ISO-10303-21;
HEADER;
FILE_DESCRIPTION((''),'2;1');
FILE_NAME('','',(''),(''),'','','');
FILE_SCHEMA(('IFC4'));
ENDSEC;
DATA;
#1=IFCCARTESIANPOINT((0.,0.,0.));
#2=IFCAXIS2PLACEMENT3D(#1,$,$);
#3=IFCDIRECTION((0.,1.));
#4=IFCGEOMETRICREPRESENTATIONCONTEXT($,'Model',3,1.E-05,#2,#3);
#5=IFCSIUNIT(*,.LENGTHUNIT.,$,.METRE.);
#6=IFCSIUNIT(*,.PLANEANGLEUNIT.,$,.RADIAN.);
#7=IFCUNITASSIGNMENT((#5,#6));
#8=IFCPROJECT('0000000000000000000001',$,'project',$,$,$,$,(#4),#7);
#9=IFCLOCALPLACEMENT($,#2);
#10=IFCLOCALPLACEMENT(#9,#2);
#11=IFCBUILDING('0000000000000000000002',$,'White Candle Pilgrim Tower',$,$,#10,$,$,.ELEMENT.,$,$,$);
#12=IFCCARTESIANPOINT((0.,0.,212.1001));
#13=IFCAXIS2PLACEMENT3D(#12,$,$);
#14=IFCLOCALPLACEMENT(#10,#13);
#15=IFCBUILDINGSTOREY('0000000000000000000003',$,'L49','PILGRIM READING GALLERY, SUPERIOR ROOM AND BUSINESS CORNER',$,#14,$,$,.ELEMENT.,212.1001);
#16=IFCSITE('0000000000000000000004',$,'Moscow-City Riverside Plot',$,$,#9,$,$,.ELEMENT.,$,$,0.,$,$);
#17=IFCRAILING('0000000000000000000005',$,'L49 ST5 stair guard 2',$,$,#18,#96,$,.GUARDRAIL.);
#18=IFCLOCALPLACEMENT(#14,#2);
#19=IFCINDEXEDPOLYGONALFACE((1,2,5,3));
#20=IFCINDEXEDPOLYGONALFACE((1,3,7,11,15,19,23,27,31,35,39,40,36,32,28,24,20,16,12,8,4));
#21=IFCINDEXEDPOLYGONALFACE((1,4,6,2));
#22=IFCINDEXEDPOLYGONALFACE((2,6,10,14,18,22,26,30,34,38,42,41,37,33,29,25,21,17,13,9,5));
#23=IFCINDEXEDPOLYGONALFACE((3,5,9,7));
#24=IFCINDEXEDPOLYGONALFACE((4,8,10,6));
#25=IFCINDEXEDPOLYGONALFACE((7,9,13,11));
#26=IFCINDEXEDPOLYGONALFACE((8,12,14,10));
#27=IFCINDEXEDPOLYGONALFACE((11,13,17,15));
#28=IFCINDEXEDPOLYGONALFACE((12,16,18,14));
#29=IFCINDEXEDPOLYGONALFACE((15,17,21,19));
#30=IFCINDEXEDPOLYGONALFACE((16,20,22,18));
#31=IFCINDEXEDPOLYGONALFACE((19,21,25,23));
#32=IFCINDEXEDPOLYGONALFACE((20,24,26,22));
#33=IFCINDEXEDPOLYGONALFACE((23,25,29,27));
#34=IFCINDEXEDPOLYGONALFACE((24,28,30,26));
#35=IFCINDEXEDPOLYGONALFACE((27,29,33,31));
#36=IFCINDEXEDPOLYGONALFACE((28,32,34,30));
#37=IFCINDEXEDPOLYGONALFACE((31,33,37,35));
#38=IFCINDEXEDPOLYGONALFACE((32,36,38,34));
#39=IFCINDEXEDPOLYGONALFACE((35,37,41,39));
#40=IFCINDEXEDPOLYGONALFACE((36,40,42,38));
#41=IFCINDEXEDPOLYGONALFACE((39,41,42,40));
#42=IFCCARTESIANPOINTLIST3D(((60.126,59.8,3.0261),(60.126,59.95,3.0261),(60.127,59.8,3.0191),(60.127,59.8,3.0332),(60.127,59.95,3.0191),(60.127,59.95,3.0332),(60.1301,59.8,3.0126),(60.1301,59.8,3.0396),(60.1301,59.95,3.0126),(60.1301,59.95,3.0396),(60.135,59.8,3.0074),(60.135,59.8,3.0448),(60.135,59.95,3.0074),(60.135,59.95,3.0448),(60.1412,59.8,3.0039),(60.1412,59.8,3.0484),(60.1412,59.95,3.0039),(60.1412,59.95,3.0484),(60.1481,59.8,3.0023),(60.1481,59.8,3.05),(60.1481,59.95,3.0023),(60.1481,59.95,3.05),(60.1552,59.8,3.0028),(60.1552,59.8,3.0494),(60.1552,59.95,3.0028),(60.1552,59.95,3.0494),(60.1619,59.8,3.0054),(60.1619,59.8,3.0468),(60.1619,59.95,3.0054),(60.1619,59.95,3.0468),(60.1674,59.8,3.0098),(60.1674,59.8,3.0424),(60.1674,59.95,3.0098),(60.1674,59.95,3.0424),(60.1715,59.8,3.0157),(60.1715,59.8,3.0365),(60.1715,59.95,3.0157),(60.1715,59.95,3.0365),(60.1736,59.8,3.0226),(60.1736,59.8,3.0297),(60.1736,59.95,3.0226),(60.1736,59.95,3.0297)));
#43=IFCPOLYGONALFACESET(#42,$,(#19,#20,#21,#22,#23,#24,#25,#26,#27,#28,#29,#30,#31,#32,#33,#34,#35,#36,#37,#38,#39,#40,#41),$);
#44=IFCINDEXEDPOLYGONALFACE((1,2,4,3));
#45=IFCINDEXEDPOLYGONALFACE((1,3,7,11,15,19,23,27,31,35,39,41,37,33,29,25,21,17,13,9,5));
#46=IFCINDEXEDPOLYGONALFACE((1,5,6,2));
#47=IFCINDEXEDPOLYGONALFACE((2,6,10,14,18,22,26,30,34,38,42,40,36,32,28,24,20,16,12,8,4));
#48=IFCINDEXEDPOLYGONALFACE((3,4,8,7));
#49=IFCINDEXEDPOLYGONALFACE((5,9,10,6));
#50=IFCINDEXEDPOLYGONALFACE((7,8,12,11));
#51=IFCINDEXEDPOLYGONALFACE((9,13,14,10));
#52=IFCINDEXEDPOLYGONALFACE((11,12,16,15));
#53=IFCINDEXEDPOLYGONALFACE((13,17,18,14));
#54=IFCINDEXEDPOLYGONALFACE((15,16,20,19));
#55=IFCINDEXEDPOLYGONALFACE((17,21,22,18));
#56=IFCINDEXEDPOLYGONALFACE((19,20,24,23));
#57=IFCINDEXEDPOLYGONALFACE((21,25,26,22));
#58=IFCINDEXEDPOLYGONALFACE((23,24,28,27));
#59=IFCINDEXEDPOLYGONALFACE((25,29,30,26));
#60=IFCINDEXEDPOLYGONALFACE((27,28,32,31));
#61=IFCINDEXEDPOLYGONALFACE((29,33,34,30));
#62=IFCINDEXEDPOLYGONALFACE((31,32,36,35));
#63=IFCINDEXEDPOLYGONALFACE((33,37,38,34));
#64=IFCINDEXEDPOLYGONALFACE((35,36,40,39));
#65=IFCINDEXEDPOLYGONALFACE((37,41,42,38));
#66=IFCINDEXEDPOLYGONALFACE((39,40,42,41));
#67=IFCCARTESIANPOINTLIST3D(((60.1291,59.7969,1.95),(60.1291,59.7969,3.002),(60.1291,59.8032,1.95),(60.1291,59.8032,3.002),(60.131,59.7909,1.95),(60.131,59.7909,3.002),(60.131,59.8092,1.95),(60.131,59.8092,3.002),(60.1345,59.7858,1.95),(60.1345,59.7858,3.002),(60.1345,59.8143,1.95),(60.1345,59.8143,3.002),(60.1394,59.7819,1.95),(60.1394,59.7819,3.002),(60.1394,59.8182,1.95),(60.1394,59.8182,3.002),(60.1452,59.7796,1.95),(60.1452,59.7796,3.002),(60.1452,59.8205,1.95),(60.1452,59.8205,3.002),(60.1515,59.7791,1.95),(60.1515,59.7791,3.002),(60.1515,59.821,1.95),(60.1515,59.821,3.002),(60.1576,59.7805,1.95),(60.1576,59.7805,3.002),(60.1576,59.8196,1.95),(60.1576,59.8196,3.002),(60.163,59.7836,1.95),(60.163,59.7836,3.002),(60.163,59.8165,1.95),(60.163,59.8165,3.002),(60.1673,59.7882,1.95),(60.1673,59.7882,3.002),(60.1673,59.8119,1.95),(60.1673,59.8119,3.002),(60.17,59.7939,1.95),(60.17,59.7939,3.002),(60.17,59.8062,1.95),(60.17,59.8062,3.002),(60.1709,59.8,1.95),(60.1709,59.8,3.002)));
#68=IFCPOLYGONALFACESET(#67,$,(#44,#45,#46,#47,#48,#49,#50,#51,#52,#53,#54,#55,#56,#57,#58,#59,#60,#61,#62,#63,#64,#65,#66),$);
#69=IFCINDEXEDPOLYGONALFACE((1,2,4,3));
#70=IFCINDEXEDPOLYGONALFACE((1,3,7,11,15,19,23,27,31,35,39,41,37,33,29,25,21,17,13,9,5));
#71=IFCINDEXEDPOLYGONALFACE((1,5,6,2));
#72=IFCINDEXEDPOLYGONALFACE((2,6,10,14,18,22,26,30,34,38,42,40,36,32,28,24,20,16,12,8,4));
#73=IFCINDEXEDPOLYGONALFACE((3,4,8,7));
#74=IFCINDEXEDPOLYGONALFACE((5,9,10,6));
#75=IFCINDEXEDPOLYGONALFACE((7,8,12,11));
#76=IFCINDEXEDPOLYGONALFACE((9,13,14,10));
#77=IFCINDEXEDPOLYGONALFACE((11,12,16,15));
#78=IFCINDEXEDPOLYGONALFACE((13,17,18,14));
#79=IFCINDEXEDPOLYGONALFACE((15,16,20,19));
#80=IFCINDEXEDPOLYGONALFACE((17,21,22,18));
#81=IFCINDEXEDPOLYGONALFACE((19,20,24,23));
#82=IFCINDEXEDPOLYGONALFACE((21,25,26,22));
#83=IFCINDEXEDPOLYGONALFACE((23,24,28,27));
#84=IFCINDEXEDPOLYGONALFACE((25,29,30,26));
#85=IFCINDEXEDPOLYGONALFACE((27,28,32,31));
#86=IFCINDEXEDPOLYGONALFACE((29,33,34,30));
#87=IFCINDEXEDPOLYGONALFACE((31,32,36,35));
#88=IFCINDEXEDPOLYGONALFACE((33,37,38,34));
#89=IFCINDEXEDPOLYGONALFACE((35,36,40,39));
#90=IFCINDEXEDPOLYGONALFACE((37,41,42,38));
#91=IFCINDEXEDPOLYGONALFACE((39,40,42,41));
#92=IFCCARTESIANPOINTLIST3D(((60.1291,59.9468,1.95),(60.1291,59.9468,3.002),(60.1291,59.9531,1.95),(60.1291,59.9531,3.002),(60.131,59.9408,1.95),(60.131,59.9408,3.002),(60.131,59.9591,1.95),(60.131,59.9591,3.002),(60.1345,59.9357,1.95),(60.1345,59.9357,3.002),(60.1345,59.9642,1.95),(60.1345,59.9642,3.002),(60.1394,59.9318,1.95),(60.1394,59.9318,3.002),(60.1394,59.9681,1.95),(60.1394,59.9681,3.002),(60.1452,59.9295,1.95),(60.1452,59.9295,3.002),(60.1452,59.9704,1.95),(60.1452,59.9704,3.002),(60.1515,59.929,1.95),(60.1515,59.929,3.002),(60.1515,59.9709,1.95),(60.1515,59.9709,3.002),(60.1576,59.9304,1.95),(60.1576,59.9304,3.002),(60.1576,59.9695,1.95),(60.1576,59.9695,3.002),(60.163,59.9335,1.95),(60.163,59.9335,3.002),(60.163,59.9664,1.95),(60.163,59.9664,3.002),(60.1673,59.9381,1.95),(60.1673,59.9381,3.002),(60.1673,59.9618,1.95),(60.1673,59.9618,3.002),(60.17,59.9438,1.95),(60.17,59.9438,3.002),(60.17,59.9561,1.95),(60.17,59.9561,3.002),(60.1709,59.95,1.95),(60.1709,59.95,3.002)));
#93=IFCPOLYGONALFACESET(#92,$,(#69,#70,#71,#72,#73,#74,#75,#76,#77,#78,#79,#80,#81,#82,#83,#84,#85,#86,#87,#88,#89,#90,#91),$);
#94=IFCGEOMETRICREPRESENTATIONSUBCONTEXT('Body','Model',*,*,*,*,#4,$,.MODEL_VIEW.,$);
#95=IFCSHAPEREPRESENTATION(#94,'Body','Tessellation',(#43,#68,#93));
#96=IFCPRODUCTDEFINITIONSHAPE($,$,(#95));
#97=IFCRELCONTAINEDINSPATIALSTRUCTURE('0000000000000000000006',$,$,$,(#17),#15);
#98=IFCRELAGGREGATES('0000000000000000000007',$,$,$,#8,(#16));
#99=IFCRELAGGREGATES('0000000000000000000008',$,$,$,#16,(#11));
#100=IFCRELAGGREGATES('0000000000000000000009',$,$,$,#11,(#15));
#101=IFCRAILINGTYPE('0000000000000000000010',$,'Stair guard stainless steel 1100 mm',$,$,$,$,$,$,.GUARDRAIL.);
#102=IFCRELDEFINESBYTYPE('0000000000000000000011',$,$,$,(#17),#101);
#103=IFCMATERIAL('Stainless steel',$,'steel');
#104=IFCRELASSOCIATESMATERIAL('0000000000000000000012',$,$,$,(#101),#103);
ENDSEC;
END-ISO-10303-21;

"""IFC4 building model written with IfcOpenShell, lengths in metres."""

from ifc_helpers import new_model, si_unit, direction, frame, origin, origin_2d, place, context, subcontext, project, spatial, circle, extrude, material, type_object, element, save


model = new_model("IFC4")

# Units and contexts
model_context = context("Model", 3, precision=1e-05, world=origin(), true_north=direction((0.0, 1.0)))
body_context = subcontext(model_context, "Body", "Model", "MODEL_VIEW")
ifc_project = project(units=[si_unit("LENGTHUNIT", "METRE"), si_unit("PLANEANGLEUNIT", "RADIAN")], contexts=[model_context])

# Site, building, storey
site_placement = place(None, origin())
site = spatial("IfcSite", under=ifc_project, at=site_placement, Name="Moscow-City Riverside Plot", CompositionType="ELEMENT", RefElevation=0.0)
building_placement = place(site_placement, origin())
building = spatial("IfcBuilding", under=site, at=building_placement, Name="White Candle Pilgrim Tower", CompositionType="ELEMENT")
storey_placement = place(building_placement, frame((0.0, 0.0, 212.1001)))
storey = spatial("IfcBuildingStorey", under=building, at=storey_placement, Name="L49", Description="PILGRIM READING GALLERY, SUPERIOR ROOM AND BUSINESS CORNER", CompositionType="ELEMENT", Elevation=212.1001)

# Railing
ifc_material_1 = material(Name="Stainless steel", Category="steel")
railing_type_1 = type_object("IfcRailingType", Name="Stair guard stainless steel 1100 mm", PredefinedType="GUARDRAIL", material=ifc_material_1)
railing_1_placement = place(storey_placement, frame((60.1499, 59.8, 1.95)))
element("IfcRailing", 1, at=railing_1_placement, inside=storey, type_object=railing_type_1, Name="L49 ST5 stair guard 2", PredefinedType="GUARDRAIL", context=body_context, shape_type="SweptSolid", body=[
    extrude(circle(Radius=0.0239, at=origin_2d()), frame((0.0, 0.0, 1.0762), z_axis=(0.0, 1.0, 0.0), x_axis=(-1.0, 0.0, 0.0)), (0.0, 0.0, 1.0), 0.1499),
    extrude(circle(Radius=0.021, at=origin_2d()), origin(), (0.0, 0.0, 1.0), 1.052),
    extrude(circle(Radius=0.021, at=origin_2d()), frame((0.0, 0.1499, 0.0)), (0.0, 0.0, 1.0), 1.052),
])

save(model, "model.ifc")
